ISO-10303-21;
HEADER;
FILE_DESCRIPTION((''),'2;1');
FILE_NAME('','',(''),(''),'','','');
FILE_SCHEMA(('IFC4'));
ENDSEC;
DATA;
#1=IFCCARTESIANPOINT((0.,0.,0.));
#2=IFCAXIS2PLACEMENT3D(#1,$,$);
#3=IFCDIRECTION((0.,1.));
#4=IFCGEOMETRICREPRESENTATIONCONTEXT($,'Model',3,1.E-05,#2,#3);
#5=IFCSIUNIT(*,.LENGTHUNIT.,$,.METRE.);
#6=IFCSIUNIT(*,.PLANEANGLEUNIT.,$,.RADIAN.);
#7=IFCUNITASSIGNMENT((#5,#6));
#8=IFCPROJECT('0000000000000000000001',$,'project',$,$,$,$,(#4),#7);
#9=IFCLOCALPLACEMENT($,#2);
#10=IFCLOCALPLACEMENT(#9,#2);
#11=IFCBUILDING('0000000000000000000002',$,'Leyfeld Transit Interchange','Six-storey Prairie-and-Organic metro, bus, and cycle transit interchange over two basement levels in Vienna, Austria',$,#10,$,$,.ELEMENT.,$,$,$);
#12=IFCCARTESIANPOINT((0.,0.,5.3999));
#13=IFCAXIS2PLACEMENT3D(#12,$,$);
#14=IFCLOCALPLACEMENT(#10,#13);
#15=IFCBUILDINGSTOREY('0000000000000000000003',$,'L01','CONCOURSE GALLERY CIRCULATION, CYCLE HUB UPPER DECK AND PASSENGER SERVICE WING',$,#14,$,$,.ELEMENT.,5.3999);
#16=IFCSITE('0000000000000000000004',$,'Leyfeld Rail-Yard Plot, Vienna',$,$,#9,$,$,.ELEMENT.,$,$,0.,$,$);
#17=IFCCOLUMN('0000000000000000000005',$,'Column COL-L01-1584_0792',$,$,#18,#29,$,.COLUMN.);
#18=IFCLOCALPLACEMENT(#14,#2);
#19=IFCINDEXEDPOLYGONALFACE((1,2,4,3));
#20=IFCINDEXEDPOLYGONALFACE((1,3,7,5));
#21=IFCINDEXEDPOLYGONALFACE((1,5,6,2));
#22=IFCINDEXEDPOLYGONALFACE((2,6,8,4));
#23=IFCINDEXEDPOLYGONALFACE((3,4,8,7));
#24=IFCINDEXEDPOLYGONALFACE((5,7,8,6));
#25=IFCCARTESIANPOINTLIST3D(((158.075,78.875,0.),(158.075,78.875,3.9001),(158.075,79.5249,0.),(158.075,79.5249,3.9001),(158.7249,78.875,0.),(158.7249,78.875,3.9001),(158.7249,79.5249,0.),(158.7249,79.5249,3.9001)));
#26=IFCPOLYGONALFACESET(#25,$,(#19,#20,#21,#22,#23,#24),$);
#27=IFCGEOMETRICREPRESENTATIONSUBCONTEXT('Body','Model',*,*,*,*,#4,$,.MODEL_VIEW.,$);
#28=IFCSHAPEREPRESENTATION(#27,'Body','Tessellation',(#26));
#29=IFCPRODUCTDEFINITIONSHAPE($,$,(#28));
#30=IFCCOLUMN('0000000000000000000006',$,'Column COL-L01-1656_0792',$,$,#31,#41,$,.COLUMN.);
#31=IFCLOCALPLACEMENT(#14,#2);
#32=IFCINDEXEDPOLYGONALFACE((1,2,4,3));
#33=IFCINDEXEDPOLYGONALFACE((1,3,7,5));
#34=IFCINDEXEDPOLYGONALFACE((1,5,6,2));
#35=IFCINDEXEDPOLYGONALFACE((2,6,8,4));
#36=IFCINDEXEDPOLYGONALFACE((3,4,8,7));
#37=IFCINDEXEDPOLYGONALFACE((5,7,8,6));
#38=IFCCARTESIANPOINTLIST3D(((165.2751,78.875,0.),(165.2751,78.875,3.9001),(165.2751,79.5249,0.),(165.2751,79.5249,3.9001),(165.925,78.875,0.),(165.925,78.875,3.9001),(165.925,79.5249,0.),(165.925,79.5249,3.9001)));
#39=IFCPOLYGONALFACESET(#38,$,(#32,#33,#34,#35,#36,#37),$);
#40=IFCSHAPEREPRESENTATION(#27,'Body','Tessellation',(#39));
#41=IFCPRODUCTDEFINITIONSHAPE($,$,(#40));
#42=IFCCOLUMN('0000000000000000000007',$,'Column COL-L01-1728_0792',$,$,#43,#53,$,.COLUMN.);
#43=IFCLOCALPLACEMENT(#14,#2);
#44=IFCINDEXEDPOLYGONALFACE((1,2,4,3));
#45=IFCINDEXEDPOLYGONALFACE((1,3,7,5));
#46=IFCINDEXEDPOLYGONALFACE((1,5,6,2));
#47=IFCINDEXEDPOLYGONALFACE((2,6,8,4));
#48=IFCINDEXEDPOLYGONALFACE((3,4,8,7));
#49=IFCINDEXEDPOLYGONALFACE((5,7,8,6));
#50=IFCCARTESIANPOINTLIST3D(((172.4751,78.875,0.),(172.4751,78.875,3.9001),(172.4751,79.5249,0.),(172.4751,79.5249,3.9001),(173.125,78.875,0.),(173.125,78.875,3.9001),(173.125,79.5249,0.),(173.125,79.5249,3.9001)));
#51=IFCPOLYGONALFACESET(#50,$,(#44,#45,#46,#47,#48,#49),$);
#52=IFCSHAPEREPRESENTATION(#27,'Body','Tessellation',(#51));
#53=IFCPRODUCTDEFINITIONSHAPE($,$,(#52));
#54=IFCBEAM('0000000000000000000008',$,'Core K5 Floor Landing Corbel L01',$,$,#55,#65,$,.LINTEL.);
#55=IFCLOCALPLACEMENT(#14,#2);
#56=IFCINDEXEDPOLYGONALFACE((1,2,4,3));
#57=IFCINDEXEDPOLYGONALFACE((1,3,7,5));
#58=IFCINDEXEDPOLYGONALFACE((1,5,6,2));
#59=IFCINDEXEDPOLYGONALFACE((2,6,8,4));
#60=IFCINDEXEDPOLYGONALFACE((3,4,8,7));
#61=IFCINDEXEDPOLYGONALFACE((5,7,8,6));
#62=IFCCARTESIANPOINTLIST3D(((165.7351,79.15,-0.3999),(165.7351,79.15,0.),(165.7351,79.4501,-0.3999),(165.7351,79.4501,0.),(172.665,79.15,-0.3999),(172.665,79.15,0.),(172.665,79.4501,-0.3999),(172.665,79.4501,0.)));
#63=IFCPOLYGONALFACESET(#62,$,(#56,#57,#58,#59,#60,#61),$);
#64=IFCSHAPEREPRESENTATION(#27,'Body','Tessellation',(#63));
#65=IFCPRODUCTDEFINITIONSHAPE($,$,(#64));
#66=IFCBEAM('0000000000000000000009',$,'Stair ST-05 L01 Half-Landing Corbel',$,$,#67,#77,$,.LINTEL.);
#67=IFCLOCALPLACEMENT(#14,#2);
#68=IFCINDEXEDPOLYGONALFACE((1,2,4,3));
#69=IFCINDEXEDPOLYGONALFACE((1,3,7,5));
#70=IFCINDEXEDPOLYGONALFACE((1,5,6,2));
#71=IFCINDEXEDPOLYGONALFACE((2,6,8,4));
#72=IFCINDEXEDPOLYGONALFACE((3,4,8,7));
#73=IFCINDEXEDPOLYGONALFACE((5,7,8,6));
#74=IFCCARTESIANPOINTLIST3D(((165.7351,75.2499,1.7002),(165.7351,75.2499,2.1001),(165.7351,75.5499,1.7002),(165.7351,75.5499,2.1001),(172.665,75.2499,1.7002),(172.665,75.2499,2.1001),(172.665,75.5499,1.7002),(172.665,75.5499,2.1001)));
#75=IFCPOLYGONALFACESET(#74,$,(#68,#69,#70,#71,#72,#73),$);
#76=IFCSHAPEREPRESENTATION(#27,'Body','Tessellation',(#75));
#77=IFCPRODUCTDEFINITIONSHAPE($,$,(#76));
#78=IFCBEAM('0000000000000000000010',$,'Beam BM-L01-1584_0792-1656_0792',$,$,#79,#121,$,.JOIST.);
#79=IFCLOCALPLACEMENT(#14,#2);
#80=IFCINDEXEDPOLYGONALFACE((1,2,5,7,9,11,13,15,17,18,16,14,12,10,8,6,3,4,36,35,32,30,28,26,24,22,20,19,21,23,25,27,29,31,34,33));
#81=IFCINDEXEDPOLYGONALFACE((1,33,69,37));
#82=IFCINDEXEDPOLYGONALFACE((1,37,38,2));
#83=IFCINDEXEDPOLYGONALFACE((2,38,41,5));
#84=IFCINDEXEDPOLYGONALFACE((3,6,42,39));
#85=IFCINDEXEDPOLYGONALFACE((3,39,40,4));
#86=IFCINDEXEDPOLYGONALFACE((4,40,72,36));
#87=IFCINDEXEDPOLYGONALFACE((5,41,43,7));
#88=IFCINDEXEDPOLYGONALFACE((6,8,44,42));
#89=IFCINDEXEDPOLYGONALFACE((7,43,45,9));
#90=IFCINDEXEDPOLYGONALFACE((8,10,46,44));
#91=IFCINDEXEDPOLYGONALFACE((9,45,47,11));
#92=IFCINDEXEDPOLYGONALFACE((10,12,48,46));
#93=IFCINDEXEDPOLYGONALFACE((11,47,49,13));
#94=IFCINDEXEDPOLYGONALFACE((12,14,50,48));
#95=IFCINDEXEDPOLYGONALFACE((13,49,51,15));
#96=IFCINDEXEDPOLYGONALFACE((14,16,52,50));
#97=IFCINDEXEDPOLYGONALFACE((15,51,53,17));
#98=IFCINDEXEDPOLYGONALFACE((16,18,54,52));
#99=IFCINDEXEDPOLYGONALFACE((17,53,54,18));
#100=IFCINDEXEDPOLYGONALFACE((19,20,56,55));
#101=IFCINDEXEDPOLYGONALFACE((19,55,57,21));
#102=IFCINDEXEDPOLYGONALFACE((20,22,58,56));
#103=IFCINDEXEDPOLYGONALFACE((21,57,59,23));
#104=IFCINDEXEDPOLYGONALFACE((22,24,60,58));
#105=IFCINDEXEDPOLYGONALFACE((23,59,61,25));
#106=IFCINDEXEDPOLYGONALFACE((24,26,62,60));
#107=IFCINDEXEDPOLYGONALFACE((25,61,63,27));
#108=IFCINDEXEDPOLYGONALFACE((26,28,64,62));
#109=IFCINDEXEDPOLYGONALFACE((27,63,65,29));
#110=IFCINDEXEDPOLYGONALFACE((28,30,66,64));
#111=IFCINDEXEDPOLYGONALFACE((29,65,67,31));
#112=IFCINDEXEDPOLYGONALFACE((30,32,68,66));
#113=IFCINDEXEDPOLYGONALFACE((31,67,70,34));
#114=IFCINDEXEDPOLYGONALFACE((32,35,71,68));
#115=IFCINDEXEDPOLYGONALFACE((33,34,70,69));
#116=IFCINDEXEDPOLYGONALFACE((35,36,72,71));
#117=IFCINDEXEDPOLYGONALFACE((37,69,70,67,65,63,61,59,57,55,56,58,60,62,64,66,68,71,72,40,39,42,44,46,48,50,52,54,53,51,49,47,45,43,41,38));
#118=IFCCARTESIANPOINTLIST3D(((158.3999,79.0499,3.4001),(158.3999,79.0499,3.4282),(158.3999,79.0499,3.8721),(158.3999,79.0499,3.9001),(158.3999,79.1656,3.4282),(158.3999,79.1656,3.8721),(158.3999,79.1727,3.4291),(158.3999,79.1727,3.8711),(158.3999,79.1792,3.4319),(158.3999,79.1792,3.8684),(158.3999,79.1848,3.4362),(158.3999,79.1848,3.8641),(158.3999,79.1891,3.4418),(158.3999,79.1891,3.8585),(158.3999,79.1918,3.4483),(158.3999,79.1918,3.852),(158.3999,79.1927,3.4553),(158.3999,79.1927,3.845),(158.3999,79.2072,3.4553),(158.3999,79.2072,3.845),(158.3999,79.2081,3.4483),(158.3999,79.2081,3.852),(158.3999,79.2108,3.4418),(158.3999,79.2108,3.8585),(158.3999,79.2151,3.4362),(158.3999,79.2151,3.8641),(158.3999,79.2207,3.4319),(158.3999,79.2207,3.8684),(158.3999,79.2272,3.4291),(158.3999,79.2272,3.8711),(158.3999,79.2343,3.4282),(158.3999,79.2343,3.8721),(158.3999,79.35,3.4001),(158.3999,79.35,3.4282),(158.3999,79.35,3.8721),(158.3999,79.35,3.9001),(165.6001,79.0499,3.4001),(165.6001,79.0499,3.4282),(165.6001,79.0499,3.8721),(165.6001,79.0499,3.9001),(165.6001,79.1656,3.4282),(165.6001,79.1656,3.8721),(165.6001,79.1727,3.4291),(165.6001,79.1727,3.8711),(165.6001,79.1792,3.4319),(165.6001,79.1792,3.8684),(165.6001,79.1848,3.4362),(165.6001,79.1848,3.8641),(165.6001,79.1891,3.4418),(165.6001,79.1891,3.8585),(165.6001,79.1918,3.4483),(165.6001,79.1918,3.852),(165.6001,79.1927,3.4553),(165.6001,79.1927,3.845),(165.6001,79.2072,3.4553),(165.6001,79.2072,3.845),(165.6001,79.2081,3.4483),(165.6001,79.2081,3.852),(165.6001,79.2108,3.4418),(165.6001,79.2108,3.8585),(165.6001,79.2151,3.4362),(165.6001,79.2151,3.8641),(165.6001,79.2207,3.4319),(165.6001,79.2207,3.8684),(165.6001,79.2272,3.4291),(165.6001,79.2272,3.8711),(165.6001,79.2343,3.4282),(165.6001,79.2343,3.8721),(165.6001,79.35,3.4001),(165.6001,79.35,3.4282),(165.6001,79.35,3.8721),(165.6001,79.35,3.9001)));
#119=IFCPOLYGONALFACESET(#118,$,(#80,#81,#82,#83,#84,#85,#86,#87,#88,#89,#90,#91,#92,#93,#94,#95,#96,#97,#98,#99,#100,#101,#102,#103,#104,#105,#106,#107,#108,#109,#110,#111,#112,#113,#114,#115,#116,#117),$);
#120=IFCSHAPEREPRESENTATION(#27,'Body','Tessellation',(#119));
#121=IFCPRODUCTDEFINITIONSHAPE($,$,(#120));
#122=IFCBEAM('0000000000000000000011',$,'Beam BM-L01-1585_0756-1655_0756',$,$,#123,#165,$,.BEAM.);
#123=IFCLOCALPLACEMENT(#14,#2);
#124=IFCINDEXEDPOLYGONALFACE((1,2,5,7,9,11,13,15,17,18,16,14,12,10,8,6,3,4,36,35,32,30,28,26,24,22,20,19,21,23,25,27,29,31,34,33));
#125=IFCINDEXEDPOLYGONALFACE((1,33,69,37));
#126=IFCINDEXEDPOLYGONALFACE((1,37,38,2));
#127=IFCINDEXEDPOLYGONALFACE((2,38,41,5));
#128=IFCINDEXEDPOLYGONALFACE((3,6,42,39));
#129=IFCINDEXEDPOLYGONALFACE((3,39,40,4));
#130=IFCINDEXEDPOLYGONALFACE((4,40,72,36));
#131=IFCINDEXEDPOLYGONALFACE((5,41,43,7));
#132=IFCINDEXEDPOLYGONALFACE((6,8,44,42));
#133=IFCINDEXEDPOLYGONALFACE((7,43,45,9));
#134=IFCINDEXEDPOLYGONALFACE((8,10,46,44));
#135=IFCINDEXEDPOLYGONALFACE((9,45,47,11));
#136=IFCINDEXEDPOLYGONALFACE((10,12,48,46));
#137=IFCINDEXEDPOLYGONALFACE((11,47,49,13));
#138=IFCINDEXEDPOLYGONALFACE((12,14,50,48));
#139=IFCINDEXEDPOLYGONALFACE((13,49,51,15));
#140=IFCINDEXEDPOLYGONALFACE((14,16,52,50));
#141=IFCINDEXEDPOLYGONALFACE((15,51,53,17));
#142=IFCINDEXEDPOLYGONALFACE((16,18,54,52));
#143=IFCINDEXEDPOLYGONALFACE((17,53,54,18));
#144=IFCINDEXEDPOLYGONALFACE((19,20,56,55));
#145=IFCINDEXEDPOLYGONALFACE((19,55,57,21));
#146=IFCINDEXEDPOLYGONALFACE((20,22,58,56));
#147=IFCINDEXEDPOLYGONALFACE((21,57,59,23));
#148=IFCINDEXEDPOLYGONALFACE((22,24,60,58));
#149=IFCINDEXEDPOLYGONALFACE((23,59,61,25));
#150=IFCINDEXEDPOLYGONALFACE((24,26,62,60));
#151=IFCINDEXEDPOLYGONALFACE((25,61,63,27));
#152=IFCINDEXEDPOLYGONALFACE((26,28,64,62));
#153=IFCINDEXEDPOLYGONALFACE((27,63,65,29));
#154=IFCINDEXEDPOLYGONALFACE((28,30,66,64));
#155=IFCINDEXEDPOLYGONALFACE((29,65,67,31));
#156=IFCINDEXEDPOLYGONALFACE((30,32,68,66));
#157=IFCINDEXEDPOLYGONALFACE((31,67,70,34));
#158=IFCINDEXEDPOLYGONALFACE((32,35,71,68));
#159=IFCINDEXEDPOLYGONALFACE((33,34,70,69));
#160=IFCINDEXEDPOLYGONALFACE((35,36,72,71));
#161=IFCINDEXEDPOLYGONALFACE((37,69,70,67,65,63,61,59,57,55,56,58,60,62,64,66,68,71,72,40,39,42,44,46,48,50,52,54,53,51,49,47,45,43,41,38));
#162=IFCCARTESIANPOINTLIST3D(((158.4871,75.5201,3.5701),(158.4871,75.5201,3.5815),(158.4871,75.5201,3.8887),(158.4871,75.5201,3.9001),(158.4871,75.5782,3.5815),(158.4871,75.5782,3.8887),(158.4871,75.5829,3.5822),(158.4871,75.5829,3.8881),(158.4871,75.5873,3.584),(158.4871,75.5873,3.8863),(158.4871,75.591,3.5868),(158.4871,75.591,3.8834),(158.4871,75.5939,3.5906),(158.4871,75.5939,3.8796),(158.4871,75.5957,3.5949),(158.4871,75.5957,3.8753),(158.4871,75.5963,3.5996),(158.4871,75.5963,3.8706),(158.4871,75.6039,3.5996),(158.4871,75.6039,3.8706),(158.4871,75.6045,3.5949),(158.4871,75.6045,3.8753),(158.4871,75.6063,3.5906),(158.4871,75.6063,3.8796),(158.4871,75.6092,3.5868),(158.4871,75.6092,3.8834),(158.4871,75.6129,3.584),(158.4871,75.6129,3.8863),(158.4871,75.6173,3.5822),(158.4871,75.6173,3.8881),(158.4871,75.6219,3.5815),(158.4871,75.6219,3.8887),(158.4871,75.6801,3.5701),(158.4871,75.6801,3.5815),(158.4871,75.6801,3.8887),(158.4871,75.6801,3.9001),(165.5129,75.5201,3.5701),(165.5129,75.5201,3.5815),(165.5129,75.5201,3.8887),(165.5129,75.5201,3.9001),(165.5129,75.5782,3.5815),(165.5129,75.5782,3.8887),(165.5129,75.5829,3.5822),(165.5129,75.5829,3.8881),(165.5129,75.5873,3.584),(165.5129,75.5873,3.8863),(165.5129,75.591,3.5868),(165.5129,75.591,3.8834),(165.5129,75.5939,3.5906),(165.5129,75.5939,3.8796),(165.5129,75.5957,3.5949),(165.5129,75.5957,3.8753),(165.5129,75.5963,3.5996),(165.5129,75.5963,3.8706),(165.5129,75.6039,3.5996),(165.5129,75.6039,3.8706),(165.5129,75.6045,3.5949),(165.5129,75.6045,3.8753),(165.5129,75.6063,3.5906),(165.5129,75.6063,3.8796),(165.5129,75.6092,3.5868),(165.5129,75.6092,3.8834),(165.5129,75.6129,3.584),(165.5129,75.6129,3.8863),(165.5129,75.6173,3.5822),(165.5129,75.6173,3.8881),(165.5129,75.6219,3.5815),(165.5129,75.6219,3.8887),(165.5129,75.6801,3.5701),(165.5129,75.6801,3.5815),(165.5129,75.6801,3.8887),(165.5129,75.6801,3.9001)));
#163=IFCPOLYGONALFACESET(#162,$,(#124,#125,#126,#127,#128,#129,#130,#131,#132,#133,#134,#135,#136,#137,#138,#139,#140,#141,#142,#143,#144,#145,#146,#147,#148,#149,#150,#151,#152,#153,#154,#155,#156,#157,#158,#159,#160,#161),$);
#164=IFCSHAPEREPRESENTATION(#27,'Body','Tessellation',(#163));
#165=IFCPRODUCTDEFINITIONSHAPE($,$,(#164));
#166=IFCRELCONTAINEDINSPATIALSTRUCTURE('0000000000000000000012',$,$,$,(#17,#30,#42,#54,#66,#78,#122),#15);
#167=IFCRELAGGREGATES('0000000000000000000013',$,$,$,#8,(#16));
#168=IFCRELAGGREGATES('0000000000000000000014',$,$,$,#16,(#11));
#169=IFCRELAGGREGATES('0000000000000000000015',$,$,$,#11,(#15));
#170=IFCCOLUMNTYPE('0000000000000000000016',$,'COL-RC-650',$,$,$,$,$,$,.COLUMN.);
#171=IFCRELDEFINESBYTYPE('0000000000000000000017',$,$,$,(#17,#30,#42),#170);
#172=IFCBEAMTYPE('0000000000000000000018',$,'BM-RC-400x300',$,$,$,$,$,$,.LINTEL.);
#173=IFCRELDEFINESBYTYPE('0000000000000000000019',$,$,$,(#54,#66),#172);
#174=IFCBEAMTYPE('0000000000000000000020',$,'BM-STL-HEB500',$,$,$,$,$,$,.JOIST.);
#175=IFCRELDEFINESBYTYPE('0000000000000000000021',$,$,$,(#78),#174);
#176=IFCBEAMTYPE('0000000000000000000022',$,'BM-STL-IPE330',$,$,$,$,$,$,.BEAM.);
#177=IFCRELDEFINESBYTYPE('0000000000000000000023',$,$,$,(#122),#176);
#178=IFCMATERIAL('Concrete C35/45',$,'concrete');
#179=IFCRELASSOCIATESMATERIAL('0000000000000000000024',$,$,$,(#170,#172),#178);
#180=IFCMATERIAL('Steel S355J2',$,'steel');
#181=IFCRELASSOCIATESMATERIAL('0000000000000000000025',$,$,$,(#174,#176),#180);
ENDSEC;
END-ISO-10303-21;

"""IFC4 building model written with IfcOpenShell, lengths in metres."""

from ifc_helpers import new_model, si_unit, direction, frame, origin, origin_2d, place, context, subcontext, project, spatial, rectangle, i_section, extrude, material, material_profile, profile_set, type_object, element, save


model = new_model("IFC4")

# Units and contexts
model_context = context("Model", 3, precision=1e-05, world=origin(), true_north=direction((0.0, 1.0)))
body_context = subcontext(model_context, "Body", "Model", "MODEL_VIEW")
ifc_project = project(units=[si_unit("LENGTHUNIT", "METRE"), si_unit("PLANEANGLEUNIT", "RADIAN")], contexts=[model_context])

# Site, building, storey
site_placement = place(None, origin())
site = spatial("IfcSite", under=ifc_project, at=site_placement, Name="Leyfeld Rail-Yard Plot, Vienna", CompositionType="ELEMENT", RefElevation=0.0)
building_placement = place(site_placement, origin())
building = spatial("IfcBuilding", under=site, at=building_placement, Name="Leyfeld Transit Interchange", Description="Six-storey Prairie-and-Organic metro, bus, and cycle transit interchange over two basement levels in Vienna, Austria", CompositionType="ELEMENT")
storey_placement = place(building_placement, frame((0.0, 0.0, 5.3999)))
storey = spatial("IfcBuildingStorey", under=building, at=storey_placement, Name="L01", Description="CONCOURSE GALLERY CIRCULATION, CYCLE HUB UPPER DECK AND PASSENGER SERVICE WING", CompositionType="ELEMENT", Elevation=5.3999)

# Columns
ifc_material_1 = material(Name="Concrete C35/45", Category="concrete")
ifc_material_profile_1 = material_profile(ifc_material_1, rectangle(XDim=0.6499, YDim=0.6499, at=origin_2d()), Name="RC 650x650")
ifc_profile_set_1 = profile_set([ifc_material_profile_1], Name="Concrete C35/45")
column_type = type_object("IfcColumnType", Name="COL-RC-650", PredefinedType="COLUMN", material=ifc_profile_set_1)
for number, where, z_axis, x_axis, name in (
    (1, (158.3999, 79.2, 0.0), (0.0, 0.0, 1.0), (1.0, 0.0, 0.0), "Column COL-L01-1584_0792"),
    (2, (165.6001, 79.2, 0.0), (0.0, 0.0, 1.0), (1.0, 0.0, 0.0), "Column COL-L01-1656_0792"),
    (3, (172.8, 79.2, 0.0), (0.0, 0.0, 1.0), (1.0, 0.0, 0.0), "Column COL-L01-1728_0792"),
):
    element("IfcColumn", number, at=place(storey_placement, frame(where, z_axis=z_axis, x_axis=x_axis)), inside=storey, type_object=column_type, Name=name, PredefinedType="COLUMN", context=body_context, shape_type="SweptSolid", body=[
        extrude(rectangle(XDim=0.6499, YDim=0.6499, at=origin_2d()), origin(), (0.0, 0.0, 1.0), 3.9001),
    ])

# Beams
ifc_material_profile_2 = material_profile(ifc_material_1, rectangle(XDim=0.3, YDim=0.3999, at=origin_2d()), Name="RC 400x300")
ifc_profile_set_2 = profile_set([ifc_material_profile_2], Name="Concrete C35/45")
beam_type_1 = type_object("IfcBeamType", Name="BM-RC-400x300", PredefinedType="LINTEL", material=ifc_profile_set_2)
for number, where, z_axis, x_axis, name in (
    (4, (165.7351, 79.3, -0.2), (1.0, 0.0, 0.0), (0.0, 1.0, 0.0), "Core K5 Floor Landing Corbel L01"),
    (5, (165.7351, 75.3999, 1.9001), (1.0, 0.0, 0.0), (0.0, 1.0, 0.0), "Stair ST-05 L01 Half-Landing Corbel"),
):
    element("IfcBeam", number, at=place(storey_placement, frame(where, z_axis=z_axis, x_axis=x_axis)), inside=storey, type_object=beam_type_1, Name=name, PredefinedType="LINTEL", context=body_context, shape_type="SweptSolid", body=[
        extrude(rectangle(XDim=0.3, YDim=0.3999, at=origin_2d()), origin(), (0.0, 0.0, 1.0), 6.9299),
    ])
ifc_material_2 = material(Name="Steel S355J2", Category="steel")
ifc_material_profile_3 = material_profile(ifc_material_2, i_section(OverallWidth=0.3, OverallDepth=0.5, WebThickness=0.0144, FlangeThickness=0.0281, FilletRadius=0.0271, at=origin_2d()), Name="HEB 500")
ifc_profile_set_3 = profile_set([ifc_material_profile_3], Name="Steel S355J2")
beam_type_2 = type_object("IfcBeamType", Name="BM-STL-HEB500", PredefinedType="JOIST", material=ifc_profile_set_3)
beam_1_placement = place(storey_placement, frame((158.3999, 79.2, 3.6501), z_axis=(1.0, 0.0, 0.0), x_axis=(0.0, 1.0, 0.0)))
element("IfcBeam", 6, at=beam_1_placement, inside=storey, type_object=beam_type_2, Name="Beam BM-L01-1584_0792-1656_0792", PredefinedType="JOIST", context=body_context, shape_type="SweptSolid", body=[
    extrude(i_section(OverallWidth=0.3, OverallDepth=0.5, WebThickness=0.0144, FlangeThickness=0.0281, FilletRadius=0.0271, at=origin_2d()), origin(), (0.0, 0.0, 1.0), 7.2002),
])
ifc_material_profile_4 = material_profile(ifc_material_2, i_section(OverallWidth=0.1599, OverallDepth=0.3301, WebThickness=0.0076, FlangeThickness=0.0115, FilletRadius=0.0181, at=origin_2d()), Name="IPE 330")
ifc_profile_set_4 = profile_set([ifc_material_profile_4], Name="Steel S355J2")
beam_type_3 = type_object("IfcBeamType", Name="BM-STL-IPE330", PredefinedType="BEAM", material=ifc_profile_set_4)
beam_2_placement = place(storey_placement, frame((158.4871, 75.6001, 3.7351), z_axis=(1.0, 0.0, 0.0), x_axis=(0.0, 1.0, 0.0)))
element("IfcBeam", 7, at=beam_2_placement, inside=storey, type_object=beam_type_3, Name="Beam BM-L01-1585_0756-1655_0756", PredefinedType="BEAM", context=body_context, shape_type="SweptSolid", body=[
    extrude(i_section(OverallWidth=0.1599, OverallDepth=0.3301, WebThickness=0.0076, FlangeThickness=0.0115, FilletRadius=0.0181, at=origin_2d()), origin(), (0.0, 0.0, 1.0), 7.0259),
])

save(model, "model.ifc")
